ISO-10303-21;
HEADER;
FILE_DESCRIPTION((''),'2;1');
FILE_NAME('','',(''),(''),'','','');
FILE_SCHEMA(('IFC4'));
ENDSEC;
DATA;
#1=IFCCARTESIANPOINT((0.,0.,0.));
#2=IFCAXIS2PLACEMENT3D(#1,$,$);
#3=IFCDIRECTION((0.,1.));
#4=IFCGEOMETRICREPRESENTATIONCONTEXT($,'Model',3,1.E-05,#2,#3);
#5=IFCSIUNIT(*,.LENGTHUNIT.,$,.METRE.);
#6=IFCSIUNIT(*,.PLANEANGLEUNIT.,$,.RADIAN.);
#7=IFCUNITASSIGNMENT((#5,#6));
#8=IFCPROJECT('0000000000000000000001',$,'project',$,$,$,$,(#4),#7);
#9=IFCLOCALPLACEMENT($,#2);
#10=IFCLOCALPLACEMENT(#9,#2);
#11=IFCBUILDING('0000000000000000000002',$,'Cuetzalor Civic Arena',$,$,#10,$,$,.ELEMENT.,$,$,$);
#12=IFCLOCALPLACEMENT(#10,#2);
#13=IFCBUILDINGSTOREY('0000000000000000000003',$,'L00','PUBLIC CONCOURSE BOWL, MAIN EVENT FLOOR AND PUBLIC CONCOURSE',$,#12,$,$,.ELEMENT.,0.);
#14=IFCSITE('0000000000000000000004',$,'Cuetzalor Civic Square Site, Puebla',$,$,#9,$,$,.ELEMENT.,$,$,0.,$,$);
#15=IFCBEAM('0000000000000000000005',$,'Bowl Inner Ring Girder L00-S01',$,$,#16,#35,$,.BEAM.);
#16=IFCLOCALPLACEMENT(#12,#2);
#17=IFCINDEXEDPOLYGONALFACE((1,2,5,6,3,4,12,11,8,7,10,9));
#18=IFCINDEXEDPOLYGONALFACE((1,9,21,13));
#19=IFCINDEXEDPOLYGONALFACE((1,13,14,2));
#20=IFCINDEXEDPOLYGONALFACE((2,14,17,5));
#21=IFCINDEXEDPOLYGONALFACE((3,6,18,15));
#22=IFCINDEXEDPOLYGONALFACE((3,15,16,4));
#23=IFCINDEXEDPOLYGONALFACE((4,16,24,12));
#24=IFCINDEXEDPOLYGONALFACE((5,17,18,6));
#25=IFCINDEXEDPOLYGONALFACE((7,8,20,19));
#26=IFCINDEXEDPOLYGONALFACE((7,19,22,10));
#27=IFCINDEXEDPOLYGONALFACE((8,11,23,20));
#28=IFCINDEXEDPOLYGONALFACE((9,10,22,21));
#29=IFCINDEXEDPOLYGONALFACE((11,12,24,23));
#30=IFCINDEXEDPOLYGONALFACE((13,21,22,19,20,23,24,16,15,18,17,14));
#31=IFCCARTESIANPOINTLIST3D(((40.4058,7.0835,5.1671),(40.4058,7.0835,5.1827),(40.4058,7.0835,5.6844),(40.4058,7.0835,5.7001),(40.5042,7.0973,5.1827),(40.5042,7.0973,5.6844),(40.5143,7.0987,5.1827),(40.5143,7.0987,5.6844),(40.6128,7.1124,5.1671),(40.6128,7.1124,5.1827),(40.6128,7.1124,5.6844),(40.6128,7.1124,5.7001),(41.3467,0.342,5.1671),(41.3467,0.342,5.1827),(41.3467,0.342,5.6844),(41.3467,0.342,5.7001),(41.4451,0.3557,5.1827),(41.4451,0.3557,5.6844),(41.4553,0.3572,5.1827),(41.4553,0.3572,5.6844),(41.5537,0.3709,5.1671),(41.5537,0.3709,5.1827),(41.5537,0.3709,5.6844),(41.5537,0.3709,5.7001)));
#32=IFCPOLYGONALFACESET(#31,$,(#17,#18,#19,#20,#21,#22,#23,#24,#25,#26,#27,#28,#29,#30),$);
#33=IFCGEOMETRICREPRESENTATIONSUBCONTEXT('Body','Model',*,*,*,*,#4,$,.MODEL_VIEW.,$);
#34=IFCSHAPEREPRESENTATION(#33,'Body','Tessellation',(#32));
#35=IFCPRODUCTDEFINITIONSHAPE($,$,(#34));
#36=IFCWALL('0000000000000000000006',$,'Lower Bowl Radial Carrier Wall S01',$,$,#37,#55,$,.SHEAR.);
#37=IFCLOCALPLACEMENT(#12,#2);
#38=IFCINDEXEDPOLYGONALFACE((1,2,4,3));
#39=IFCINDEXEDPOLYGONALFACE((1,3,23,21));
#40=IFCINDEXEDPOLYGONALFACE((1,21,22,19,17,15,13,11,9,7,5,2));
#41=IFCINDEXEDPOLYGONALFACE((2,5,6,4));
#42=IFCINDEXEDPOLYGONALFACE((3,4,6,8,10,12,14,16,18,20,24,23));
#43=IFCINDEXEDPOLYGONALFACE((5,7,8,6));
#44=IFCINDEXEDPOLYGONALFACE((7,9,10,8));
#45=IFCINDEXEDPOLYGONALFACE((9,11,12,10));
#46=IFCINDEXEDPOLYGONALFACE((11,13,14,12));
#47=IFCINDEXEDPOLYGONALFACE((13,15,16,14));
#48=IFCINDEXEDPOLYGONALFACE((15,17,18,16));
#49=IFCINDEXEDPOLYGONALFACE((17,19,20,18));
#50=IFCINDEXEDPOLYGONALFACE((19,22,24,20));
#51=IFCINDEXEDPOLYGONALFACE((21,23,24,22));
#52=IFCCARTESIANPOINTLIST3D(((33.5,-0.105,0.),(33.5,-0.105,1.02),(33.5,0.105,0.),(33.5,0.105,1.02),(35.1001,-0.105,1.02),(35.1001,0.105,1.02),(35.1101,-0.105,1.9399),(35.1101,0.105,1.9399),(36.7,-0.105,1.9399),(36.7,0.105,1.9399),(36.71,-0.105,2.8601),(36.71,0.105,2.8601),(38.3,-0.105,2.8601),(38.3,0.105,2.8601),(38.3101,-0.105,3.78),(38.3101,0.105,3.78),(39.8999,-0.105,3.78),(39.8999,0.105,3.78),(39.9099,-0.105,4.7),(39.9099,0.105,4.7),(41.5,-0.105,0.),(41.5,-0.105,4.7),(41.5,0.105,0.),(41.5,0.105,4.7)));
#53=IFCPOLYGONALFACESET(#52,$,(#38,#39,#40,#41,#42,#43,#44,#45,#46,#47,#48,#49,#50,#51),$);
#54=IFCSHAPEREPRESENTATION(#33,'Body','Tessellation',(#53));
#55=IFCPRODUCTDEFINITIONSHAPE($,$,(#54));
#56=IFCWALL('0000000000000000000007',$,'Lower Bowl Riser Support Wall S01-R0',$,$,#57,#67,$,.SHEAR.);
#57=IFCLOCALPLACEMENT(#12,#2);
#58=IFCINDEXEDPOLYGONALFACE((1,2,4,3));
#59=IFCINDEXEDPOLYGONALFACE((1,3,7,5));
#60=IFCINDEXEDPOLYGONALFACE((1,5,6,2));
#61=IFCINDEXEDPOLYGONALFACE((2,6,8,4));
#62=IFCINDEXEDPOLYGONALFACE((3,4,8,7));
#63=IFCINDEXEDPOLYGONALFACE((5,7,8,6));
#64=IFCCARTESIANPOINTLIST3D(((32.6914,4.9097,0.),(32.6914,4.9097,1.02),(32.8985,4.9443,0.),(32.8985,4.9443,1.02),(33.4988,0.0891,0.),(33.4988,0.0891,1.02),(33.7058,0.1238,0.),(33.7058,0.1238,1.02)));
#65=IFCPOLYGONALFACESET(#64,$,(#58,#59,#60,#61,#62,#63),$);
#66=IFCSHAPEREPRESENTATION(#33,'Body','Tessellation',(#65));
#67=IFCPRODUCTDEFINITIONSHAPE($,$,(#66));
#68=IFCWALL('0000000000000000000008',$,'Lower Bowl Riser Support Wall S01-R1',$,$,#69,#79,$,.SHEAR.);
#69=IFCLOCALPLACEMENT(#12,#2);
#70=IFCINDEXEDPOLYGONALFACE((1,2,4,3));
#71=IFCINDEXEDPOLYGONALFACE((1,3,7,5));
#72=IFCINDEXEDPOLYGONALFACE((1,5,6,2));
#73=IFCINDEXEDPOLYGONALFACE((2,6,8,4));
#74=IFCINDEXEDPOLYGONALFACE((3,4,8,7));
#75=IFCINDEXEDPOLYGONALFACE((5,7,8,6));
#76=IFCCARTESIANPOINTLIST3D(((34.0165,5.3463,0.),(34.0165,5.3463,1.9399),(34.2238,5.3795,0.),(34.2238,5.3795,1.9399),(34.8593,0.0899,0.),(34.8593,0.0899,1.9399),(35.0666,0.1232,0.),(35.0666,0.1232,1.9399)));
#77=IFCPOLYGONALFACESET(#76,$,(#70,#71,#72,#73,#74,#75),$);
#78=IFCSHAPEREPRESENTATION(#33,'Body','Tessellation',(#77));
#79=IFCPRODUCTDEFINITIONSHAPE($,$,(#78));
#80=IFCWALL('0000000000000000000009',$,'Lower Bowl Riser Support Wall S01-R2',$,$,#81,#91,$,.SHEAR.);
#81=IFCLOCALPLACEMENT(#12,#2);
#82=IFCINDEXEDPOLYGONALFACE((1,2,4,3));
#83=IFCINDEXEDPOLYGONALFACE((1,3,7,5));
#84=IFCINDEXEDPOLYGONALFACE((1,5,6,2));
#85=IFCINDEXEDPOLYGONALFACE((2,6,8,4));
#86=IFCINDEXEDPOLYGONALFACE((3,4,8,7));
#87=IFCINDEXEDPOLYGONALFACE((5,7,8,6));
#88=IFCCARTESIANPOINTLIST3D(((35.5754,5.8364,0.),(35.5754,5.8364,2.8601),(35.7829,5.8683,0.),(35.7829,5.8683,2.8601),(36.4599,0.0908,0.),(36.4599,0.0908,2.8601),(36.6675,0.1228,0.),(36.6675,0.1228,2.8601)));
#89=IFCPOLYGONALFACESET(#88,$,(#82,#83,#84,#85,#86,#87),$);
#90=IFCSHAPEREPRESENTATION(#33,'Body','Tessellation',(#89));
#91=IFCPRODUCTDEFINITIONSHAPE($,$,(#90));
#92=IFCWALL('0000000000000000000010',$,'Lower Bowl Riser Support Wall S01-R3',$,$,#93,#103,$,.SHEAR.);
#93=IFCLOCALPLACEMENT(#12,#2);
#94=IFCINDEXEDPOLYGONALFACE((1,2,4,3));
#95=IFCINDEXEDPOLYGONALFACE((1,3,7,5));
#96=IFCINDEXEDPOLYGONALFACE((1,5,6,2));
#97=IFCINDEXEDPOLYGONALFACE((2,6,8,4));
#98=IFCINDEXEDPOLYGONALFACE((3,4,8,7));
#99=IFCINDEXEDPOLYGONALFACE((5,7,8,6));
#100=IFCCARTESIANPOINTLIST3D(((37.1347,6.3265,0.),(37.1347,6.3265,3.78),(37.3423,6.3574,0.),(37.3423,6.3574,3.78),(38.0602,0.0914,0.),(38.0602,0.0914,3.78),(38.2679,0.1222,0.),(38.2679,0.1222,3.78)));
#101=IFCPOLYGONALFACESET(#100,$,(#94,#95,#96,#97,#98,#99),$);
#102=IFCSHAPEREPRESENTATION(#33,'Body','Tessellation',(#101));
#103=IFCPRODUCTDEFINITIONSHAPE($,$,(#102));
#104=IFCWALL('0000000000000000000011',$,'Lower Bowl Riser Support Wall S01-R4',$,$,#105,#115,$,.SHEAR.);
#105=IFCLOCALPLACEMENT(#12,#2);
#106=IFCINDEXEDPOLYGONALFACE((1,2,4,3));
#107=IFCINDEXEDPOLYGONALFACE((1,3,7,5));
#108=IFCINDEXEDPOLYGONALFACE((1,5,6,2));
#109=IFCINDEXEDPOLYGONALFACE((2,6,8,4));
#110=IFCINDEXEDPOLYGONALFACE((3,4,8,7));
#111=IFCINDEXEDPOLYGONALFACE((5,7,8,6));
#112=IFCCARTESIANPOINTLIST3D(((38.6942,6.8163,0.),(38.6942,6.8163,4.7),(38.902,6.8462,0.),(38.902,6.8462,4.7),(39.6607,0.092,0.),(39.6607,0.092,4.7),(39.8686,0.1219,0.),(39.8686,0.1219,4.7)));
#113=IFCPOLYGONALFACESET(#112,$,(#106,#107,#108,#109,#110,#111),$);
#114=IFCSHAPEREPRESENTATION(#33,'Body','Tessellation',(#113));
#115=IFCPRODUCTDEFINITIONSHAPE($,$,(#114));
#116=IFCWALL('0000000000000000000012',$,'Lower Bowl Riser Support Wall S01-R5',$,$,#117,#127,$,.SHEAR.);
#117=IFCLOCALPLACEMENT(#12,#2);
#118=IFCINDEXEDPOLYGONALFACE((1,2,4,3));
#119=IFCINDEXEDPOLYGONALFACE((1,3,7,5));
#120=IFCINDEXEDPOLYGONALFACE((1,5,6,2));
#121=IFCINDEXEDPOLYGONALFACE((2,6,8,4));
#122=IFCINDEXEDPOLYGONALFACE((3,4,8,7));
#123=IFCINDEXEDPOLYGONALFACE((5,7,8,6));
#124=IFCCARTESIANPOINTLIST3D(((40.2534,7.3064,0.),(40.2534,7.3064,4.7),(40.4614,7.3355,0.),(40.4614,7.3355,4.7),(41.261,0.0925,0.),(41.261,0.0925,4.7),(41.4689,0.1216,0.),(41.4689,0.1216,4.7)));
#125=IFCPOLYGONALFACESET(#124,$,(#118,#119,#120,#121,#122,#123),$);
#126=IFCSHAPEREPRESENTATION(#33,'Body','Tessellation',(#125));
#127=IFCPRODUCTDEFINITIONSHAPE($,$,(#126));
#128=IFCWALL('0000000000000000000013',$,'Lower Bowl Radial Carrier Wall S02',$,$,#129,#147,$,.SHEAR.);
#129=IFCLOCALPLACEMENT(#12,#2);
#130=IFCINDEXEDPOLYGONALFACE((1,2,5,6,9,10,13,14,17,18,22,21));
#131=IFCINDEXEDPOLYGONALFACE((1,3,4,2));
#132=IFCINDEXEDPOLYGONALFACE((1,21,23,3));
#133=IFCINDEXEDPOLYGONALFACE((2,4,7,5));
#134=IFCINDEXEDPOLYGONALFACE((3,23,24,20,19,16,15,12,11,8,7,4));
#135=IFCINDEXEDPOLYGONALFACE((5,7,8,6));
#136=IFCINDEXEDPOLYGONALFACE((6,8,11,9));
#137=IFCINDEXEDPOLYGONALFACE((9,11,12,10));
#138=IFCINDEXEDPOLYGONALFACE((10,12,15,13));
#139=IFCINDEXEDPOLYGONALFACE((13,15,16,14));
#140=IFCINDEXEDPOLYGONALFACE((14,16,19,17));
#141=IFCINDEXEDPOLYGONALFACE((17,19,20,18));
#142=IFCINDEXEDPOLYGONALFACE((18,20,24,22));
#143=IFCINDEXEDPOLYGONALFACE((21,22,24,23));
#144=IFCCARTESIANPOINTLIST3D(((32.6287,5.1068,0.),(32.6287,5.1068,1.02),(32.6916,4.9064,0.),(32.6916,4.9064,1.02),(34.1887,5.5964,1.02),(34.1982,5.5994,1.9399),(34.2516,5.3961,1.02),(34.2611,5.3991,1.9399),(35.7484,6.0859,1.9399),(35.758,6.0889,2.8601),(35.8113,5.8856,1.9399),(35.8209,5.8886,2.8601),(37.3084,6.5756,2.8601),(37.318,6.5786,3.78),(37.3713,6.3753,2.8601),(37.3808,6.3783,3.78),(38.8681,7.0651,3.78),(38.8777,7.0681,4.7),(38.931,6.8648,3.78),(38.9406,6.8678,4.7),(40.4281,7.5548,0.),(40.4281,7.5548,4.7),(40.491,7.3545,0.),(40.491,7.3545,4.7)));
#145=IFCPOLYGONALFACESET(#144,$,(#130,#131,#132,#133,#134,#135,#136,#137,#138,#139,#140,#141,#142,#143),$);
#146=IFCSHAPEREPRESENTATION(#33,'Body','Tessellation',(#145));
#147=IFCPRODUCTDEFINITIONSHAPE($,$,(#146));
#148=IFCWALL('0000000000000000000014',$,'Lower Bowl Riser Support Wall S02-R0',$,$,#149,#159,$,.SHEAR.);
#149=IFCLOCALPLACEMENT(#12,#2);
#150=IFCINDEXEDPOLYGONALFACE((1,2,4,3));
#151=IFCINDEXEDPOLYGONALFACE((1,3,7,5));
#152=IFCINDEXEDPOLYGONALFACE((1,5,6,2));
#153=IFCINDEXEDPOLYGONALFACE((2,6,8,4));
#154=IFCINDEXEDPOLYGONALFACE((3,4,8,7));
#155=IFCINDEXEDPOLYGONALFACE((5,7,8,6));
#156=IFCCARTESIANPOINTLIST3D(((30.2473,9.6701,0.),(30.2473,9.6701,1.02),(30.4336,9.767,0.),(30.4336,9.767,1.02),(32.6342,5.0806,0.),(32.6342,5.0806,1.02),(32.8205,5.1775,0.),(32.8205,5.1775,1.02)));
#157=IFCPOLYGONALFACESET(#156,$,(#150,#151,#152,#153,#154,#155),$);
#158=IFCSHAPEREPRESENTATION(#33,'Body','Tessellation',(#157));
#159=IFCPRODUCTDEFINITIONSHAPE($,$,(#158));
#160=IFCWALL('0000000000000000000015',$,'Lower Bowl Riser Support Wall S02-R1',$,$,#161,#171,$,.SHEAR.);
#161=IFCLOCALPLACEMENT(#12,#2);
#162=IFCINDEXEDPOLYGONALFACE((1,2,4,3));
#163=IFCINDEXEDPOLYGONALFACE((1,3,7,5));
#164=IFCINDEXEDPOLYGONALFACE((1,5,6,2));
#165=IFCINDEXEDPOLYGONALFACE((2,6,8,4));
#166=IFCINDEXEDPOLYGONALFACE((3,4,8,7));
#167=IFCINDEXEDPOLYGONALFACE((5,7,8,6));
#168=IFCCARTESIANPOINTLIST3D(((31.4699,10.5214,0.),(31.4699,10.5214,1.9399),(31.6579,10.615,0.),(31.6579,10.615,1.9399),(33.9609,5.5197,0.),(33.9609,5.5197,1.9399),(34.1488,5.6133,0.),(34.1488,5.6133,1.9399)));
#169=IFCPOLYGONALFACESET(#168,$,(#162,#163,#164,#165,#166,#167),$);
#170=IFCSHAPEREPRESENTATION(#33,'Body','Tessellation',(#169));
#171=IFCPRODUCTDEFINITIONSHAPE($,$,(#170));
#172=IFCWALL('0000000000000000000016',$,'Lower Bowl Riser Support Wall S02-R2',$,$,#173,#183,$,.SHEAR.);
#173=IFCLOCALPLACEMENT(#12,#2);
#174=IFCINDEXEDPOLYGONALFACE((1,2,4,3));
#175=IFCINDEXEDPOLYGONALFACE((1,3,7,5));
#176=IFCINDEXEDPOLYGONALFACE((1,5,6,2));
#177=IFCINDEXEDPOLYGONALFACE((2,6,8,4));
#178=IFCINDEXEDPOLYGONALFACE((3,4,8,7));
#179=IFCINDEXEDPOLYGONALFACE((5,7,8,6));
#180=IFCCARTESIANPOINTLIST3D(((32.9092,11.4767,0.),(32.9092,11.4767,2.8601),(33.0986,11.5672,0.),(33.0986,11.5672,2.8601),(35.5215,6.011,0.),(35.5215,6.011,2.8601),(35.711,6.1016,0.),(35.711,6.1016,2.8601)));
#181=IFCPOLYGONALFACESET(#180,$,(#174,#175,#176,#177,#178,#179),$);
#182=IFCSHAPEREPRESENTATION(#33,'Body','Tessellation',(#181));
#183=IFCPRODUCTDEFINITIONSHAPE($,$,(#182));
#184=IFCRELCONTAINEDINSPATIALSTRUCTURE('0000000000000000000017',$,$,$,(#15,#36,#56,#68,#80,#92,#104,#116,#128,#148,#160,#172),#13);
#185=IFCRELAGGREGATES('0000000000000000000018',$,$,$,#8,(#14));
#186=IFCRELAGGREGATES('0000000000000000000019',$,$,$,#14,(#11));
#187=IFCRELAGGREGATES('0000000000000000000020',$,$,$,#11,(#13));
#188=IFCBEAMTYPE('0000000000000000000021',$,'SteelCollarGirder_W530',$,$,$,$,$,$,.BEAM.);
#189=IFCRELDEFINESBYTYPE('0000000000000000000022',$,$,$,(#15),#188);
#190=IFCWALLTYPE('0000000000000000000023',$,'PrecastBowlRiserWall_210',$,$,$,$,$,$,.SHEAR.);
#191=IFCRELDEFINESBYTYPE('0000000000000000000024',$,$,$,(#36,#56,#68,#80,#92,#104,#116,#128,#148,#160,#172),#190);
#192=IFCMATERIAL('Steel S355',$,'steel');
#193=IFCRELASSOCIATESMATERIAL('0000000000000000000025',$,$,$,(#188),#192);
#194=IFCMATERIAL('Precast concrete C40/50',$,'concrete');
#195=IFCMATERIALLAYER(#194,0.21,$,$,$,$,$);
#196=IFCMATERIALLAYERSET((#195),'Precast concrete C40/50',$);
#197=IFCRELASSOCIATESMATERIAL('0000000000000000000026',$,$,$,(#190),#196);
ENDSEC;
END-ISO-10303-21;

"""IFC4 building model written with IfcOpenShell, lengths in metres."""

from ifc_helpers import new_model, si_unit, direction, frame, frame_2d, origin, origin_2d, place, context, subcontext, project, spatial, polyline, rectangle, i_section, outline, extrude, material, layer, layer_set, material_profile, profile_set, type_object, element, save


model = new_model("IFC4")

# Units and contexts
model_context = context("Model", 3, precision=1e-05, world=origin(), true_north=direction((0.0, 1.0)))
body_context = subcontext(model_context, "Body", "Model", "MODEL_VIEW")
ifc_project = project(units=[si_unit("LENGTHUNIT", "METRE"), si_unit("PLANEANGLEUNIT", "RADIAN")], contexts=[model_context])

# Site, building, storey
site_placement = place(None, origin())
site = spatial("IfcSite", under=ifc_project, at=site_placement, Name="Cuetzalor Civic Square Site, Puebla", CompositionType="ELEMENT", RefElevation=0.0)
building_placement = place(site_placement, origin())
building = spatial("IfcBuilding", under=site, at=building_placement, Name="Cuetzalor Civic Arena", CompositionType="ELEMENT")
storey_placement = place(building_placement, origin())
storey = spatial("IfcBuildingStorey", under=building, at=storey_placement, Name="L00", Description="PUBLIC CONCOURSE BOWL, MAIN EVENT FLOOR AND PUBLIC CONCOURSE", CompositionType="ELEMENT", Elevation=0.0)

# Beam
ifc_material_1 = material(Name="Steel S355", Category="steel")
ifc_material_profile_1 = material_profile(ifc_material_1, i_section(OverallWidth=0.209, OverallDepth=0.533, WebThickness=0.0103, FlangeThickness=0.0156, at=origin_2d()), Name="W530x92")
ifc_profile_set_1 = profile_set([ifc_material_profile_1], Name="Steel S355")
beam_type_1 = type_object("IfcBeamType", Name="SteelCollarGirder_W530", PredefinedType="BEAM", material=ifc_profile_set_1)
beam_1_placement = place(storey_placement, frame((41.4502, 0.3564, 5.4336), z_axis=(-0.138232, 0.9904, 0.0), x_axis=(-0.9904, -0.138232, 0.0)))
element("IfcBeam", 1, at=beam_1_placement, inside=storey, type_object=beam_type_1, Name="Bowl Inner Ring Girder L00-S01", PredefinedType="BEAM", context=body_context, shape_type="SweptSolid", body=[
    extrude(i_section(OverallWidth=0.209, OverallDepth=0.533, WebThickness=0.0103, FlangeThickness=0.0156, at=origin_2d()), origin(), (0.0, 0.0, 1.0), 6.8069),
])

# Walls
ifc_material_2 = material(Name="Precast concrete C40/50", Category="concrete")
ifc_layer = layer(ifc_material_2, 0.21)
ifc_layer_set = layer_set([ifc_layer], Name="Precast concrete C40/50")
wall_type = type_object("IfcWallType", Name="PrecastBowlRiserWall_210", PredefinedType="SHEAR", material=ifc_layer_set)
wall_1_placement = place(storey_placement, frame((33.5, 0.0, 0.0), z_axis=(0.0, 0.0, 1.0), x_axis=(1.0, 0.0, 0.0)))
element("IfcWall", 2, at=wall_1_placement, inside=storey, type_object=wall_type, Name="Lower Bowl Radial Carrier Wall S01", PredefinedType="SHEAR", context=body_context, shape_type="SweptSolid", body=[
    extrude(outline(polyline([(0.0, 0.0), (8.0, 0.0), (8.0, 4.7), (6.4099, 4.7), (6.3999, 3.78), (4.8101, 3.78), (4.8, 2.8601), (3.21, 2.8601), (3.2, 1.9399), (1.6101, 1.9399), (1.6001, 1.02), (0.0, 1.02), (0.0, 0.0)])), frame((0.0, 0.105, 0.0), z_axis=(0.0, -1.0, 0.0), x_axis=(1.0, 0.0, 0.0)), (0.0, 0.0, 1.0), 0.21),
])
wall_2_placement = place(storey_placement, frame((33.6023, 0.1064, 0.0), z_axis=(0.0, 0.0, 1.0), x_axis=(-0.165185, 0.986263, 0.0)))
element("IfcWall", 3, at=wall_2_placement, inside=storey, type_object=wall_type, Name="Lower Bowl Riser Support Wall S01-R0", PredefinedType="SHEAR", context=body_context, shape_type="SweptSolid", body=[
    extrude(rectangle(XDim=4.8877, YDim=0.21, at=frame_2d((2.4438, 0.0))), origin(), (0.0, 0.0, 1.0), 1.02),
])
wall_3_placement = place(storey_placement, frame((34.9629, 0.1067, 0.0), z_axis=(0.0, 0.0, 1.0), x_axis=(-0.158312, 0.987389, 0.0)))
element("IfcWall", 4, at=wall_3_placement, inside=storey, type_object=wall_type, Name="Lower Bowl Riser Support Wall S01-R1", PredefinedType="SHEAR", context=body_context, shape_type="SweptSolid", body=[
    extrude(rectangle(XDim=5.3235, YDim=0.21, at=frame_2d((2.6616, 0.0))), origin(), (0.0, 0.0, 1.0), 1.9399),
])
wall_4_placement = place(storey_placement, frame((36.5637, 0.1067, 0.0), z_axis=(0.0, 0.0, 1.0), x_axis=(-0.152155, 0.988357, 0.0)))
element("IfcWall", 5, at=wall_4_placement, inside=storey, type_object=wall_type, Name="Lower Bowl Riser Support Wall S01-R2", PredefinedType="SHEAR", context=body_context, shape_type="SweptSolid", body=[
    extrude(rectangle(XDim=5.8132, YDim=0.21, at=frame_2d((2.9067, 0.0))), origin(), (0.0, 0.0, 1.0), 2.8601),
])
wall_5_placement = place(storey_placement, frame((38.1641, 0.1067, 0.0), z_axis=(0.0, 0.0, 1.0), x_axis=(-0.146831, 0.989162, 0.0)))
element("IfcWall", 6, at=wall_5_placement, inside=storey, type_object=wall_type, Name="Lower Bowl Riser Support Wall S01-R3", PredefinedType="SHEAR", context=body_context, shape_type="SweptSolid", body=[
    extrude(rectangle(XDim=6.3035, YDim=0.21, at=frame_2d((3.1519, 0.0))), origin(), (0.0, 0.0, 1.0), 3.78),
])
wall_6_placement = place(storey_placement, frame((39.7646, 0.1069, 0.0), z_axis=(0.0, 0.0, 1.0), x_axis=(-0.142277, 0.989827, 0.0)))
element("IfcWall", 7, at=wall_6_placement, inside=storey, type_object=wall_type, Name="Lower Bowl Riser Support Wall S01-R4", PredefinedType="SHEAR", context=body_context, shape_type="SweptSolid", body=[
    extrude(rectangle(XDim=6.7935, YDim=0.21, at=frame_2d((3.3967, 0.0))), origin(), (0.0, 0.0, 1.0), 4.7),
])
wall_7_placement = place(storey_placement, frame((41.365, 0.1069, 0.0), z_axis=(0.0, 0.0, 1.0), x_axis=(-0.138328, 0.990386, 0.0)))
element("IfcWall", 8, at=wall_7_placement, inside=storey, type_object=wall_type, Name="Lower Bowl Riser Support Wall S01-R5", PredefinedType="SHEAR", context=body_context, shape_type="SweptSolid", body=[
    extrude(rectangle(XDim=7.2839, YDim=0.21, at=frame_2d((3.6421, 0.0))), origin(), (0.0, 0.0, 1.0), 4.7),
])
wall_8_placement = place(storey_placement, frame((32.6602, 5.0066, 0.0), z_axis=(0.0, 0.0, 1.0), x_axis=(0.954106, 0.299469, 0.0)))
element("IfcWall", 9, at=wall_8_placement, inside=storey, type_object=wall_type, Name="Lower Bowl Radial Carrier Wall S02", PredefinedType="SHEAR", context=body_context, shape_type="SweptSolid", body=[
    extrude(outline(polyline([(0.0, 0.0), (8.1746, 0.0), (8.1746, 4.7), (6.5496, 4.7), (6.5396, 3.78), (4.9148, 3.78), (4.9048, 2.8601), (3.2798, 2.8601), (3.2698, 1.9399), (1.645, 1.9399), (1.635, 1.02), (0.0, 1.02), (0.0, 0.0)])), frame((0.0, 0.105, 0.0), z_axis=(0.0, -1.0, 0.0), x_axis=(1.0, 0.0, 0.0)), (0.0, 0.0, 1.0), 0.21),
])
wall_9_placement = place(storey_placement, frame((32.7273, 5.1292, 0.0), z_axis=(0.0, 0.0, 1.0), x_axis=(-0.461409, 0.887187, 0.0)))
element("IfcWall", 10, at=wall_9_placement, inside=storey, type_object=wall_type, Name="Lower Bowl Riser Support Wall S02-R0", PredefinedType="SHEAR", context=body_context, shape_type="SweptSolid", body=[
    extrude(rectangle(XDim=5.1731, YDim=0.21, at=frame_2d((2.5864, 0.0))), origin(), (0.0, 0.0, 1.0), 1.02),
])
wall_10_placement = place(storey_placement, frame((34.0549, 5.5664, 0.0), z_axis=(0.0, 0.0, 1.0), x_axis=(-0.445797, 0.895134, 0.0)))
element("IfcWall", 11, at=wall_10_placement, inside=storey, type_object=wall_type, Name="Lower Bowl Riser Support Wall S02-R1", PredefinedType="SHEAR", context=body_context, shape_type="SweptSolid", body=[
    extrude(rectangle(XDim=5.5876, YDim=0.21, at=frame_2d((2.7939, 0.0))), origin(), (0.0, 0.0, 1.0), 1.9399),
])
wall_11_placement = place(storey_placement, frame((35.6162, 6.0564, 0.0), z_axis=(0.0, 0.0, 1.0), x_axis=(-0.431232, 0.902241, 0.0)))
element("IfcWall", 12, at=wall_11_placement, inside=storey, type_object=wall_type, Name="Lower Bowl Riser Support Wall S02-R2", PredefinedType="SHEAR", context=body_context, shape_type="SweptSolid", body=[
    extrude(rectangle(XDim=6.0579, YDim=0.21, at=frame_2d((3.0288, 0.0))), origin(), (0.0, 0.0, 1.0), 2.8601),
])

save(model, "model.ifc")
